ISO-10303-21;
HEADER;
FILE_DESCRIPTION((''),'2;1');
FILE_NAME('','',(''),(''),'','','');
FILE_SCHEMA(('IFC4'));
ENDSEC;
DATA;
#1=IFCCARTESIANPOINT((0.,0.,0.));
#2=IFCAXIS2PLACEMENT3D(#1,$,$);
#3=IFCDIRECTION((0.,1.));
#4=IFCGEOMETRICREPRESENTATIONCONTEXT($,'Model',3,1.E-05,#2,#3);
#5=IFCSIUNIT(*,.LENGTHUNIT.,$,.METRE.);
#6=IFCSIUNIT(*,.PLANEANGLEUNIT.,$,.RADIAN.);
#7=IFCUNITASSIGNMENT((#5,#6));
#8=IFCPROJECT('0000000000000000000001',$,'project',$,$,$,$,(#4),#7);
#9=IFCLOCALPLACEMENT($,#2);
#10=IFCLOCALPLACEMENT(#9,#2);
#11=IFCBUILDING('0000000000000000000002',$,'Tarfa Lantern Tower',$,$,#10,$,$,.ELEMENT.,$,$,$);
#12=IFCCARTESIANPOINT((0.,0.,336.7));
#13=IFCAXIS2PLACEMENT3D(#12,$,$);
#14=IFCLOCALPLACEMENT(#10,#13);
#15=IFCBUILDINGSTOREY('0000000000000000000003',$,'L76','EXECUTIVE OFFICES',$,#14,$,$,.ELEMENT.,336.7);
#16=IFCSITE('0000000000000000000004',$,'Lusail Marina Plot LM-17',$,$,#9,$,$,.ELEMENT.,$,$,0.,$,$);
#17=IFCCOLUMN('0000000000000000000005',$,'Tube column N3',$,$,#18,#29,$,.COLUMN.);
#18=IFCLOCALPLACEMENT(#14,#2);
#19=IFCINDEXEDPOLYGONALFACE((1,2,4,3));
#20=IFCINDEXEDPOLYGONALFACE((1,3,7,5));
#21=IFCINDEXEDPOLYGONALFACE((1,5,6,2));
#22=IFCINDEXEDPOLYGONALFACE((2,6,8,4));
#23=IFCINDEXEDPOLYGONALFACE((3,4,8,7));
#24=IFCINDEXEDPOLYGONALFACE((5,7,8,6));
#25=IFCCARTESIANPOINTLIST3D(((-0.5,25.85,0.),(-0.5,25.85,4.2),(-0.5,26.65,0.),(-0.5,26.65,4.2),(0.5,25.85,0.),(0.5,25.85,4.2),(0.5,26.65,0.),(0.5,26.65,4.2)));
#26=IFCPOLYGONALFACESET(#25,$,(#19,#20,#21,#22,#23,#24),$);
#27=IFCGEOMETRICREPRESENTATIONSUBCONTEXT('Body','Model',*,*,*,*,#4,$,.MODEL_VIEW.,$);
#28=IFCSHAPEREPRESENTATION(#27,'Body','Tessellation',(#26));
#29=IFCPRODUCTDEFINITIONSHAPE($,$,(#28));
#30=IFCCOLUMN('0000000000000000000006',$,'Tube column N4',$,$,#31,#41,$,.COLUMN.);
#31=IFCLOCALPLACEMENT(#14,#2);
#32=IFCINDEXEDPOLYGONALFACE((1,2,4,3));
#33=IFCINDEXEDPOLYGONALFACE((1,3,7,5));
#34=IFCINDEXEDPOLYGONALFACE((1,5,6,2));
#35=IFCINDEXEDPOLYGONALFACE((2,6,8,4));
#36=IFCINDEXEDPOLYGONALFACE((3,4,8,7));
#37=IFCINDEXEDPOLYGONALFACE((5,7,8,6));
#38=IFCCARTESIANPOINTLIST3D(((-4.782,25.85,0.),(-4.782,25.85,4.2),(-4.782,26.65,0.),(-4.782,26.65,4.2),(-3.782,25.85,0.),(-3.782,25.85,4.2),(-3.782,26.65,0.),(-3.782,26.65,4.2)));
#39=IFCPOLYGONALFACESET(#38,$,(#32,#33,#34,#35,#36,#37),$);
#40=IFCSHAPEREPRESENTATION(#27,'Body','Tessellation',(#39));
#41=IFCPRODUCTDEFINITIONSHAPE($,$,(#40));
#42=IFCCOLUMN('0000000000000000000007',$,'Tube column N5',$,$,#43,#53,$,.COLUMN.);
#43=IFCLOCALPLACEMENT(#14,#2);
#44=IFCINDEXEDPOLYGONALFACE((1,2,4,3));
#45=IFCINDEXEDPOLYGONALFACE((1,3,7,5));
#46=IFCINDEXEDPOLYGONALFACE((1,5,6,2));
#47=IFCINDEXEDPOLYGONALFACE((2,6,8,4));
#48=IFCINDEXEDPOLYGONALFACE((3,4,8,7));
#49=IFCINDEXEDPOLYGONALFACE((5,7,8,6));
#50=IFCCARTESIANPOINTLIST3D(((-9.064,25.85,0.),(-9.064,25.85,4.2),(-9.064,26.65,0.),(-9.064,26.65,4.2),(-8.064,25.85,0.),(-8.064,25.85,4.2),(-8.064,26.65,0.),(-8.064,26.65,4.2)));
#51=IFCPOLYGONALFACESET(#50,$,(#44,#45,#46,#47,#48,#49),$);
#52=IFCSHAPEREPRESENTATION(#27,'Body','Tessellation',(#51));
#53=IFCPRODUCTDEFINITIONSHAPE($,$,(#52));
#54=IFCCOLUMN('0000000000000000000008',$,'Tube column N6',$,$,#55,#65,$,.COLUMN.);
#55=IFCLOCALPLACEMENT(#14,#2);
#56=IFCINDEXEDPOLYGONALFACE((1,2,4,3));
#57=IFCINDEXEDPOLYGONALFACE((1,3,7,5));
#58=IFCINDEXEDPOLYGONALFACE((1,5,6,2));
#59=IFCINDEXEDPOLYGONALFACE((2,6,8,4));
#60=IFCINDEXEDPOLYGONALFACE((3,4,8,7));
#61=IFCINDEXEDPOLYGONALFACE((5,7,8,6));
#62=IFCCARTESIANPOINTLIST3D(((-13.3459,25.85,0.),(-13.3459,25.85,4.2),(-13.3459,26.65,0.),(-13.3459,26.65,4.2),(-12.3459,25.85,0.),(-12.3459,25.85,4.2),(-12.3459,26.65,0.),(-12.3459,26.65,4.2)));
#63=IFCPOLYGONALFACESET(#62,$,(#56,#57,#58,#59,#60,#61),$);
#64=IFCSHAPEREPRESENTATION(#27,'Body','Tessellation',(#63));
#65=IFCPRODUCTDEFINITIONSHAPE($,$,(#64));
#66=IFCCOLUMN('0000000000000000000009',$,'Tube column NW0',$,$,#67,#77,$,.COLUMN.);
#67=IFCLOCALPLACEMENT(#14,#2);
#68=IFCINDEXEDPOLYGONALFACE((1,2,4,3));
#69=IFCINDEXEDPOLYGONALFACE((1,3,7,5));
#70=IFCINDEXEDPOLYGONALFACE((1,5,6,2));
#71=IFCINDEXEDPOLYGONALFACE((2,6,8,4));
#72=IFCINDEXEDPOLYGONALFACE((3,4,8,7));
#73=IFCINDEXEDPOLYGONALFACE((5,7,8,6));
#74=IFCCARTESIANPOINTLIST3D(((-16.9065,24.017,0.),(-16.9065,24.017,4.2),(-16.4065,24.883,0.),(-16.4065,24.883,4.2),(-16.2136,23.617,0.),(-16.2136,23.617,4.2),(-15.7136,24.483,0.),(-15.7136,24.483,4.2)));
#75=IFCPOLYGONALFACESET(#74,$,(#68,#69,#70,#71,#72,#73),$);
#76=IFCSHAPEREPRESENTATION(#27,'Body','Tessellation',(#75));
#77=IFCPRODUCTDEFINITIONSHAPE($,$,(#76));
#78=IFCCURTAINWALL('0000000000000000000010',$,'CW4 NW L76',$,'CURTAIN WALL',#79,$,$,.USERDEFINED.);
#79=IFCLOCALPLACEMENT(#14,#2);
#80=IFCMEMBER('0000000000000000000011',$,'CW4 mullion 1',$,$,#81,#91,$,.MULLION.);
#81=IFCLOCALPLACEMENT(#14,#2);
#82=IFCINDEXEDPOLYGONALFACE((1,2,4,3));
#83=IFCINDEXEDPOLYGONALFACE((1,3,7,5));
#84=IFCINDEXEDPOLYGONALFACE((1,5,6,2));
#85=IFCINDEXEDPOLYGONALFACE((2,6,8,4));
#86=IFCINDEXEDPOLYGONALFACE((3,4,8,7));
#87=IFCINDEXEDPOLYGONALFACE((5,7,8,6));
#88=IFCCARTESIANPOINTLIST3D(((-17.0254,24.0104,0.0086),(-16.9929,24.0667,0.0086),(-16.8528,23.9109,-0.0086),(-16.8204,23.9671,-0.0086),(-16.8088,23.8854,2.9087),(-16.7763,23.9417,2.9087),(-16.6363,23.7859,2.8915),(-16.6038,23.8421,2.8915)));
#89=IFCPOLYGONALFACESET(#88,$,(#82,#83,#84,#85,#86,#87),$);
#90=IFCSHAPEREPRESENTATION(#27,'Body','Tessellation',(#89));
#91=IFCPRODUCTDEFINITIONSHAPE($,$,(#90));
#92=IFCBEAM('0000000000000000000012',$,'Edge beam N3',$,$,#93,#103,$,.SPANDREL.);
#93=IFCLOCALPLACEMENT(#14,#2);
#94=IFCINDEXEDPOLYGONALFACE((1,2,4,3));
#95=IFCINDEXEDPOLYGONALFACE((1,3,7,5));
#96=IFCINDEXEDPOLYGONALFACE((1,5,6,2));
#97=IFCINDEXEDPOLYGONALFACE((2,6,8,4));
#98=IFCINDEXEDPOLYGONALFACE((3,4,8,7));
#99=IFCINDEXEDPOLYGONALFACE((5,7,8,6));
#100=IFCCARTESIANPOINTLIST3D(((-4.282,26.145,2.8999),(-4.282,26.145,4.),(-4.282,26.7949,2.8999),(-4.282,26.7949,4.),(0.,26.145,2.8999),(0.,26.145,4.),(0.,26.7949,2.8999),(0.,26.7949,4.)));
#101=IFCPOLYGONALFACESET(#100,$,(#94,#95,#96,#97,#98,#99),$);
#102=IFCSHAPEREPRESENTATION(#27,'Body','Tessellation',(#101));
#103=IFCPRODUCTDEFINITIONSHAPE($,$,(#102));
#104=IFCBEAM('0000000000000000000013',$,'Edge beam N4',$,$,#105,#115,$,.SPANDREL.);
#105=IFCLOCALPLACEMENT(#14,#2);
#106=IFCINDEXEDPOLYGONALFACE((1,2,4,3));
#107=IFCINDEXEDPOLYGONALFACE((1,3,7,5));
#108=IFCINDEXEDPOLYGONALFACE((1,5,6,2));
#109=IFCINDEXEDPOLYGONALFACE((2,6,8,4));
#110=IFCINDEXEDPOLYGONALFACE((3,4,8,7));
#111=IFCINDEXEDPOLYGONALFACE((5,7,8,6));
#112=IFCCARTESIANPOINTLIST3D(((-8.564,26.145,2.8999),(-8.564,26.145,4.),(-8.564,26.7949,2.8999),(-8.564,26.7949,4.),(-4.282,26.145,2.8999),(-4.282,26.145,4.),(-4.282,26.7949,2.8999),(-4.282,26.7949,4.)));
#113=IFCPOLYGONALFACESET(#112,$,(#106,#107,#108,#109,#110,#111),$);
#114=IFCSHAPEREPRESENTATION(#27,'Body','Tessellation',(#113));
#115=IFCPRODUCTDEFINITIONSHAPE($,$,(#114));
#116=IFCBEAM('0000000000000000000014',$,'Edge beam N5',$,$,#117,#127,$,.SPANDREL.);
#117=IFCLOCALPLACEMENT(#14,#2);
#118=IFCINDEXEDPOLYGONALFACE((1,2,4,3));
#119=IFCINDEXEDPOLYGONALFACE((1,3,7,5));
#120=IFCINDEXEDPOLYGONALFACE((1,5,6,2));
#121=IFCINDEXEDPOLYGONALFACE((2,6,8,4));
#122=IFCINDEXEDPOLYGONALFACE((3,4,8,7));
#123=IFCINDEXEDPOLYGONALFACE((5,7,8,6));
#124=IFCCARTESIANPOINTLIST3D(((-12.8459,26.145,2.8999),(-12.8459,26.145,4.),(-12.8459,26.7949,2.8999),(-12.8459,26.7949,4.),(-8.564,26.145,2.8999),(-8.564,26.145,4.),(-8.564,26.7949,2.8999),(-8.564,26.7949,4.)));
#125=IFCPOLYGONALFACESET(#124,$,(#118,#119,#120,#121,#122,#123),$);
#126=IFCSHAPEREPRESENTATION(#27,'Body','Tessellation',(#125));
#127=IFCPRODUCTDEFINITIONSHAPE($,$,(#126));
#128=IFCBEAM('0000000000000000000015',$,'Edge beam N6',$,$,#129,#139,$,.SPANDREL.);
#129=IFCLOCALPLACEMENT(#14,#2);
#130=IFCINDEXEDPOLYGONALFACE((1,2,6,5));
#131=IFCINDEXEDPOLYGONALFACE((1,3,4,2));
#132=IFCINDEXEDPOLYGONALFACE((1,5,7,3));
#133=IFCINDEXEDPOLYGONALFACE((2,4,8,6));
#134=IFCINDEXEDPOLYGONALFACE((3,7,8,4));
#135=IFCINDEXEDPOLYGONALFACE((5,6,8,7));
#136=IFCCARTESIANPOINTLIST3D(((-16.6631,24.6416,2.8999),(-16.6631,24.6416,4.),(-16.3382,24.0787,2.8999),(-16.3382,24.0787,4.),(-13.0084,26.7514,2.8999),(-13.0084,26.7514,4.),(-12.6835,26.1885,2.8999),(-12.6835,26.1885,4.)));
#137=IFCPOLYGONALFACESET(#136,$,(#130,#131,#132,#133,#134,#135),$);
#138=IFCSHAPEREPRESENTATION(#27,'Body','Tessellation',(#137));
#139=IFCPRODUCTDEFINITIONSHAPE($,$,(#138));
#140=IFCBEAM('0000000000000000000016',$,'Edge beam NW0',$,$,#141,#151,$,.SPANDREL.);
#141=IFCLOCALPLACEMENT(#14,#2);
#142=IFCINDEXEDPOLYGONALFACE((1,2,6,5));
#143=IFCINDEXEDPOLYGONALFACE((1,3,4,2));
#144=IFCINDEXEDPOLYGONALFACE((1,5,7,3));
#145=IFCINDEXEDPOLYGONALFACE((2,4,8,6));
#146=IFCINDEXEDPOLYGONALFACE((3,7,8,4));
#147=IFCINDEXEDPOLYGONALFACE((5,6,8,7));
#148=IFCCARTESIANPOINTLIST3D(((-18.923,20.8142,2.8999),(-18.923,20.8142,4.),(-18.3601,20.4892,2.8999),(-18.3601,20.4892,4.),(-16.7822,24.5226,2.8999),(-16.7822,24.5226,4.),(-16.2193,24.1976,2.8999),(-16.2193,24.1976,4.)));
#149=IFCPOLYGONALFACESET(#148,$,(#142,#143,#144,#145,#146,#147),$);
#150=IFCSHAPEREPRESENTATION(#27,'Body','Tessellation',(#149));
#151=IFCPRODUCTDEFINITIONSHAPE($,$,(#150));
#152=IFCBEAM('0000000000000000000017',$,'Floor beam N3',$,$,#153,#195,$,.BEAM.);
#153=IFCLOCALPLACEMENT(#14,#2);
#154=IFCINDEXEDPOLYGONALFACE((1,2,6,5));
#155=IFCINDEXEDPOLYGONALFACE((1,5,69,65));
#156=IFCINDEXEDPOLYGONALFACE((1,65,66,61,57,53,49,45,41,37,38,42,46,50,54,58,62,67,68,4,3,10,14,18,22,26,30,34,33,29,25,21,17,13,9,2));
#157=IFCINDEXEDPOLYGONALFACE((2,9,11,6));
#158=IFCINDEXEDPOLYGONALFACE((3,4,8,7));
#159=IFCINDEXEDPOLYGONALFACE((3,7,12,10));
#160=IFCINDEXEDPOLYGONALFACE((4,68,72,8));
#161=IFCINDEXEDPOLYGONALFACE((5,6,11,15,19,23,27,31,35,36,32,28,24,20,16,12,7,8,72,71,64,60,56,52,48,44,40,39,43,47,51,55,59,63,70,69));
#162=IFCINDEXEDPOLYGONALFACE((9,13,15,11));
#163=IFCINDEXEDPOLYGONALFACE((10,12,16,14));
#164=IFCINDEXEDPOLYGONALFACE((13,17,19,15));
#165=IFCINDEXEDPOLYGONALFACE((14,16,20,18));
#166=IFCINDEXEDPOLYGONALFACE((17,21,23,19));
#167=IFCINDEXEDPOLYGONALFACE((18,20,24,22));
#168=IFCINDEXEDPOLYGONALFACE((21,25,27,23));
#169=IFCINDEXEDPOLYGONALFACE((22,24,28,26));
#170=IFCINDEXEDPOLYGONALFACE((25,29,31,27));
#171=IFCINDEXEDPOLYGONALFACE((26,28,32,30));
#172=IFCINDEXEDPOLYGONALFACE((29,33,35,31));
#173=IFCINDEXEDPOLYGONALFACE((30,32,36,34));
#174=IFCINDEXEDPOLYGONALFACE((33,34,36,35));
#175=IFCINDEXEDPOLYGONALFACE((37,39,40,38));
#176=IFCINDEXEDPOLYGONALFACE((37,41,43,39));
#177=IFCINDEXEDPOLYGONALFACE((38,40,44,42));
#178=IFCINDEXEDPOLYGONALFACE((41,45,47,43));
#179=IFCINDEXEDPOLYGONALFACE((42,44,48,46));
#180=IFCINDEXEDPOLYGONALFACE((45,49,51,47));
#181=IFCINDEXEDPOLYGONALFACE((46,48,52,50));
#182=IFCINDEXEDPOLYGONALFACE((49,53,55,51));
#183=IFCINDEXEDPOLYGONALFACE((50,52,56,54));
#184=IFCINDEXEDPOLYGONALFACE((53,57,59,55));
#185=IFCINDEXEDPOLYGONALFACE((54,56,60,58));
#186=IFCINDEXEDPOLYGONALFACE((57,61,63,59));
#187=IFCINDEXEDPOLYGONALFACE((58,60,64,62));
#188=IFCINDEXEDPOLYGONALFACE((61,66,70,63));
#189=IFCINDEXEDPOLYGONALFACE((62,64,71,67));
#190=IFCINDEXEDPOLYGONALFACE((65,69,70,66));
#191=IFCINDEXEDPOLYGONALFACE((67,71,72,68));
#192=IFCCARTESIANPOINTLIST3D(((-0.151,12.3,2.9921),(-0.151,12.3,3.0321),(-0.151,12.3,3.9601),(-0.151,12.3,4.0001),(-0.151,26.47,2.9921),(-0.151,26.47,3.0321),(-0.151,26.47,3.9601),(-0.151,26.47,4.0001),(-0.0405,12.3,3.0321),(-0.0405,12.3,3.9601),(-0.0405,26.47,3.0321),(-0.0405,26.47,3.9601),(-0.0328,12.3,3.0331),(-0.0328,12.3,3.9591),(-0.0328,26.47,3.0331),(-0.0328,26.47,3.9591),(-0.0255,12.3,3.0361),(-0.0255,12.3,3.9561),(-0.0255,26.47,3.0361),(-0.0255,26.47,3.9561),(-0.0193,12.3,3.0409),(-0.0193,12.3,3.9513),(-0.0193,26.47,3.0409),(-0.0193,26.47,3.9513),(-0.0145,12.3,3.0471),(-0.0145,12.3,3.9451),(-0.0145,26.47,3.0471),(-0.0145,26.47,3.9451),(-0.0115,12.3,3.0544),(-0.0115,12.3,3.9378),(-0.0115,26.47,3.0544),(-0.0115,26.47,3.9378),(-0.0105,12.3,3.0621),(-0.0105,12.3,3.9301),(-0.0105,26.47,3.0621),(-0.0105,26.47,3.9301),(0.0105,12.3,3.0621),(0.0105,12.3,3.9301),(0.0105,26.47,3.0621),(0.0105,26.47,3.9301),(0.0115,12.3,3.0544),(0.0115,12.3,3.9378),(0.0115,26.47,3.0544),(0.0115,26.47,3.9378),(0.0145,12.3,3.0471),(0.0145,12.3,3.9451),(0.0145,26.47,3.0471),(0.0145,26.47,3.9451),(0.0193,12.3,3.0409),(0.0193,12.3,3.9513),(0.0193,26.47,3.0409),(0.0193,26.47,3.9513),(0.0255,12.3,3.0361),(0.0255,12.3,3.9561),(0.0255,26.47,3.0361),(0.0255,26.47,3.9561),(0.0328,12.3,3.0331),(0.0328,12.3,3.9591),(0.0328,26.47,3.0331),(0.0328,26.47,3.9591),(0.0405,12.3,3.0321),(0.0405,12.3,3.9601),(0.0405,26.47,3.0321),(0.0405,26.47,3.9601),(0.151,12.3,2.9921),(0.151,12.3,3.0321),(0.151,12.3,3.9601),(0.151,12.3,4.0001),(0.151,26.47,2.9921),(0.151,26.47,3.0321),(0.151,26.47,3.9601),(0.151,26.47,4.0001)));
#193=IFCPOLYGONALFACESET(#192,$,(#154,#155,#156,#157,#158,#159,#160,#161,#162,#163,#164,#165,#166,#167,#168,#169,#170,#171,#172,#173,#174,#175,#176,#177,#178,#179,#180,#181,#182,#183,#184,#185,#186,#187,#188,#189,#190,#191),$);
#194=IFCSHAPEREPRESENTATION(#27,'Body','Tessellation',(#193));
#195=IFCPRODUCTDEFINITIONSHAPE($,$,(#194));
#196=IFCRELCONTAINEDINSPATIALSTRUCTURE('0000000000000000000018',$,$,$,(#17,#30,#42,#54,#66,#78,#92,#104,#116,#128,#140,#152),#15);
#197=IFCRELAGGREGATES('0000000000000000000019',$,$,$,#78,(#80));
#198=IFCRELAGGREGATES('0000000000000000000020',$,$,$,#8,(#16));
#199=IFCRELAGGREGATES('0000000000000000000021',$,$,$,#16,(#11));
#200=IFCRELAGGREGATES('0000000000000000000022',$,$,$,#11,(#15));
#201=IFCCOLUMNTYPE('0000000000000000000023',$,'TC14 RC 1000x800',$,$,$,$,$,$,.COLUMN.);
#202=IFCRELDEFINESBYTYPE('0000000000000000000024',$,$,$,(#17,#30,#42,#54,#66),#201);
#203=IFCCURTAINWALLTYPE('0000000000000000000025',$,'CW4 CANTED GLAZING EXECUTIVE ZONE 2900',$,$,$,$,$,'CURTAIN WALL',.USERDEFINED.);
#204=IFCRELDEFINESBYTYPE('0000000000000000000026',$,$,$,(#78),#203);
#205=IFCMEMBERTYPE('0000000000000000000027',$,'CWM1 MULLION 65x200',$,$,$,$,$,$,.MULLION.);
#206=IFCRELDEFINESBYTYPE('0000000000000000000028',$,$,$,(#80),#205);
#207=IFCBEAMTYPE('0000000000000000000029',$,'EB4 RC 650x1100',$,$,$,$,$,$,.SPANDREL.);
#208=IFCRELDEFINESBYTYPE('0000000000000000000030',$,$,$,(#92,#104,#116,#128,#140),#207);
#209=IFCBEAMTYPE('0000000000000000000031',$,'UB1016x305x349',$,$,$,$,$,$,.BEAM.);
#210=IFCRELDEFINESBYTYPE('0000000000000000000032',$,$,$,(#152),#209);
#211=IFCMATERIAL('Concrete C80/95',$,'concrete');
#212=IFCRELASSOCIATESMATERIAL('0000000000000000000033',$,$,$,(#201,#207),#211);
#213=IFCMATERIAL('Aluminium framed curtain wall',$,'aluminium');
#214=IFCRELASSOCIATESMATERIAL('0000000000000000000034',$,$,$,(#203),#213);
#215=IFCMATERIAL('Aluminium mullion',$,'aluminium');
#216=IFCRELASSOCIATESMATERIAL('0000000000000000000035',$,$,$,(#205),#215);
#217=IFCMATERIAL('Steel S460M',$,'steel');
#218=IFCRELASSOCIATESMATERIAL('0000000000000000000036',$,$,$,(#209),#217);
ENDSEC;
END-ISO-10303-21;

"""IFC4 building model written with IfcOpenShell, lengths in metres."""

from ifc_helpers import new_model, si_unit, direction, frame, origin, origin_2d, place, context, subcontext, project, spatial, rectangle, i_section, extrude, material, material_profile, profile_set, type_object, element, aggregate, save


model = new_model("IFC4")

# Units and contexts
model_context = context("Model", 3, precision=1e-05, world=origin(), true_north=direction((0.0, 1.0)))
body_context = subcontext(model_context, "Body", "Model", "MODEL_VIEW")
ifc_project = project(units=[si_unit("LENGTHUNIT", "METRE"), si_unit("PLANEANGLEUNIT", "RADIAN")], contexts=[model_context])

# Site, building, storey
site_placement = place(None, origin())
site = spatial("IfcSite", under=ifc_project, at=site_placement, Name="Lusail Marina Plot LM-17", CompositionType="ELEMENT", RefElevation=0.0)
building_placement = place(site_placement, origin())
building = spatial("IfcBuilding", under=site, at=building_placement, Name="Tarfa Lantern Tower", CompositionType="ELEMENT")
storey_placement = place(building_placement, frame((0.0, 0.0, 336.7)))
storey = spatial("IfcBuildingStorey", under=building, at=storey_placement, Name="L76", Description="EXECUTIVE OFFICES", CompositionType="ELEMENT", Elevation=336.7)

# Columns
ifc_material_1 = material(Name="Concrete C80/95", Category="concrete")
ifc_material_profile_1 = material_profile(ifc_material_1, rectangle(XDim=1.0, YDim=0.8, at=origin_2d()), Name="RC 1000x800")
ifc_profile_set_1 = profile_set([ifc_material_profile_1], Name="Concrete C80/95")
column_type = type_object("IfcColumnType", Name="TC14 RC 1000x800", PredefinedType="COLUMN", material=ifc_profile_set_1)
for number, where, z_axis, x_axis, name in (
    (1, (0.0, 26.25, 0.0), (0.0, 0.0, 1.0), (-1.0, 0.0, 0.0), "Tube column N3"),
    (2, (-4.282, 26.25, 0.0), (0.0, 0.0, 1.0), (-1.0, 0.0, 0.0), "Tube column N4"),
    (3, (-8.564, 26.25, 0.0), (0.0, 0.0, 1.0), (-1.0, 0.0, 0.0), "Tube column N5"),
    (4, (-12.8459, 26.25, 0.0), (0.0, 0.0, 1.0), (-1.0, 0.0, 0.0), "Tube column N6"),
    (5, (-16.3101, 24.25, 0.0), (0.0, 0.0, 1.0), (-0.5, -0.866025, 0.0), "Tube column NW0"),
):
    element("IfcColumn", number, at=place(storey_placement, frame(where, z_axis=z_axis, x_axis=x_axis)), inside=storey, type_object=column_type, Name=name, PredefinedType="COLUMN", context=body_context, shape_type="SweptSolid", body=[
        extrude(rectangle(XDim=1.0, YDim=0.8, at=origin_2d()), origin(), (0.0, 0.0, 1.0), 4.2),
    ])

# Curtain wall, member
ifc_material_2 = material(Name="Aluminium framed curtain wall", Category="aluminium")
curtain_wall_type = type_object("IfcCurtainWallType", Name="CW4 CANTED GLAZING EXECUTIVE ZONE 2900", ElementType="CURTAIN WALL", PredefinedType="USERDEFINED", material=ifc_material_2)
curtain_wall_placement = place(storey_placement, origin())
curtain_wall = element("IfcCurtainWall", 6, at=curtain_wall_placement, inside=storey, type_object=curtain_wall_type, Name="CW4 NW L76", ObjectType="CURTAIN WALL", PredefinedType="USERDEFINED")
ifc_material_3 = material(Name="Aluminium mullion", Category="aluminium")
ifc_material_profile_2 = material_profile(ifc_material_3, rectangle(XDim=0.0649, YDim=0.2, at=origin_2d()), Name="AL MULLION 65x200")
ifc_profile_set_2 = profile_set([ifc_material_profile_2], Name="Aluminium mullion")
member_type = type_object("IfcMemberType", Name="CWM1 MULLION 65x200", PredefinedType="MULLION", material=ifc_profile_set_2)
member_placement = place(storey_placement, frame((-16.9229, 23.9888, 0.0), z_axis=(0.074394, -0.042942, 0.996304), x_axis=(0.49992, 0.866072, 0.0)))
member = element("IfcMember", 7, at=member_placement, type_object=member_type, Name="CW4 mullion 1", PredefinedType="MULLION", context=body_context, shape_type="SweptSolid", body=[
    extrude(rectangle(XDim=0.0649, YDim=0.2, at=origin_2d()), origin(), (0.0, 0.0, 1.0), 2.9109),
])

# Beams
ifc_material_profile_3 = material_profile(ifc_material_1, rectangle(XDim=0.6499, YDim=1.1001, at=origin_2d()), Name="RC 650x1100")
ifc_profile_set_3 = profile_set([ifc_material_profile_3], Name="Concrete C80/95")
beam_type_1 = type_object("IfcBeamType", Name="EB4 RC 650x1100", PredefinedType="SPANDREL", material=ifc_profile_set_3)
for number, where, z_axis, x_axis, name in (
    (8, (0.0, 26.47, 3.45), (-1.0, 0.0, 0.0), (0.0, -1.0, 0.0), "Edge beam N3"),
    (9, (-4.282, 26.47, 3.45), (-1.0, 0.0, 0.0), (0.0, -1.0, 0.0), "Edge beam N4"),
    (10, (-8.564, 26.47, 3.45), (-1.0, 0.0, 0.0), (0.0, -1.0, 0.0), "Edge beam N5"),
):
    element("IfcBeam", number, at=place(storey_placement, frame(where, z_axis=z_axis, x_axis=x_axis)), inside=storey, type_object=beam_type_1, Name=name, PredefinedType="SPANDREL", context=body_context, shape_type="SweptSolid", body=[
        extrude(rectangle(XDim=0.6499, YDim=1.1001, at=origin_2d()), origin(), (0.0, 0.0, 1.0), 4.282),
    ])
beam_1_placement = place(storey_placement, frame((-12.8459, 26.47, 3.45), z_axis=(-0.866049, -0.499959, 0.0), x_axis=(0.499959, -0.866049, 0.0)))
element("IfcBeam", 11, at=beam_1_placement, inside=storey, type_object=beam_type_1, Name="Edge beam N6", PredefinedType="SPANDREL", context=body_context, shape_type="SweptSolid", body=[
    extrude(rectangle(XDim=0.6499, YDim=1.1001, at=origin_2d()), origin(), (0.0, 0.0, 1.0), 4.22),
])
beam_2_placement = place(storey_placement, frame((-16.5007, 24.3601, 3.45), z_axis=(-0.499959, -0.866049, 0.0), x_axis=(0.866049, -0.499959, 0.0)))
element("IfcBeam", 12, at=beam_2_placement, inside=storey, type_object=beam_type_1, Name="Edge beam NW0", PredefinedType="SPANDREL", context=body_context, shape_type="SweptSolid", body=[
    extrude(rectangle(XDim=0.6499, YDim=1.1001, at=origin_2d()), origin(), (0.0, 0.0, 1.0), 4.282),
])
ifc_material_4 = material(Name="Steel S460M", Category="steel")
ifc_material_profile_4 = material_profile(ifc_material_4, i_section(OverallWidth=0.302, OverallDepth=1.0081, WebThickness=0.021, FlangeThickness=0.04, FilletRadius=0.03, at=origin_2d()), Name="UB1016x305x349")
ifc_profile_set_4 = profile_set([ifc_material_profile_4], Name="Steel S460M")
beam_type_2 = type_object("IfcBeamType", Name="UB1016x305x349", PredefinedType="BEAM", material=ifc_profile_set_4)
for number, where, z_axis, x_axis, name in (
    (13, (0.0, 26.47, 3.4961), (0.0, -1.0, 0.0), (1.0, 0.0, 0.0), "Floor beam N3"),
):
    element("IfcBeam", number, at=place(storey_placement, frame(where, z_axis=z_axis, x_axis=x_axis)), inside=storey, type_object=beam_type_2, Name=name, PredefinedType="BEAM", context=body_context, shape_type="SweptSolid", body=[
        extrude(i_section(OverallWidth=0.302, OverallDepth=1.0081, WebThickness=0.021, FlangeThickness=0.04, FilletRadius=0.03, at=origin_2d()), origin(), (0.0, 0.0, 1.0), 14.1699),
    ])

aggregate(curtain_wall, [member])

save(model, "model.ifc")
